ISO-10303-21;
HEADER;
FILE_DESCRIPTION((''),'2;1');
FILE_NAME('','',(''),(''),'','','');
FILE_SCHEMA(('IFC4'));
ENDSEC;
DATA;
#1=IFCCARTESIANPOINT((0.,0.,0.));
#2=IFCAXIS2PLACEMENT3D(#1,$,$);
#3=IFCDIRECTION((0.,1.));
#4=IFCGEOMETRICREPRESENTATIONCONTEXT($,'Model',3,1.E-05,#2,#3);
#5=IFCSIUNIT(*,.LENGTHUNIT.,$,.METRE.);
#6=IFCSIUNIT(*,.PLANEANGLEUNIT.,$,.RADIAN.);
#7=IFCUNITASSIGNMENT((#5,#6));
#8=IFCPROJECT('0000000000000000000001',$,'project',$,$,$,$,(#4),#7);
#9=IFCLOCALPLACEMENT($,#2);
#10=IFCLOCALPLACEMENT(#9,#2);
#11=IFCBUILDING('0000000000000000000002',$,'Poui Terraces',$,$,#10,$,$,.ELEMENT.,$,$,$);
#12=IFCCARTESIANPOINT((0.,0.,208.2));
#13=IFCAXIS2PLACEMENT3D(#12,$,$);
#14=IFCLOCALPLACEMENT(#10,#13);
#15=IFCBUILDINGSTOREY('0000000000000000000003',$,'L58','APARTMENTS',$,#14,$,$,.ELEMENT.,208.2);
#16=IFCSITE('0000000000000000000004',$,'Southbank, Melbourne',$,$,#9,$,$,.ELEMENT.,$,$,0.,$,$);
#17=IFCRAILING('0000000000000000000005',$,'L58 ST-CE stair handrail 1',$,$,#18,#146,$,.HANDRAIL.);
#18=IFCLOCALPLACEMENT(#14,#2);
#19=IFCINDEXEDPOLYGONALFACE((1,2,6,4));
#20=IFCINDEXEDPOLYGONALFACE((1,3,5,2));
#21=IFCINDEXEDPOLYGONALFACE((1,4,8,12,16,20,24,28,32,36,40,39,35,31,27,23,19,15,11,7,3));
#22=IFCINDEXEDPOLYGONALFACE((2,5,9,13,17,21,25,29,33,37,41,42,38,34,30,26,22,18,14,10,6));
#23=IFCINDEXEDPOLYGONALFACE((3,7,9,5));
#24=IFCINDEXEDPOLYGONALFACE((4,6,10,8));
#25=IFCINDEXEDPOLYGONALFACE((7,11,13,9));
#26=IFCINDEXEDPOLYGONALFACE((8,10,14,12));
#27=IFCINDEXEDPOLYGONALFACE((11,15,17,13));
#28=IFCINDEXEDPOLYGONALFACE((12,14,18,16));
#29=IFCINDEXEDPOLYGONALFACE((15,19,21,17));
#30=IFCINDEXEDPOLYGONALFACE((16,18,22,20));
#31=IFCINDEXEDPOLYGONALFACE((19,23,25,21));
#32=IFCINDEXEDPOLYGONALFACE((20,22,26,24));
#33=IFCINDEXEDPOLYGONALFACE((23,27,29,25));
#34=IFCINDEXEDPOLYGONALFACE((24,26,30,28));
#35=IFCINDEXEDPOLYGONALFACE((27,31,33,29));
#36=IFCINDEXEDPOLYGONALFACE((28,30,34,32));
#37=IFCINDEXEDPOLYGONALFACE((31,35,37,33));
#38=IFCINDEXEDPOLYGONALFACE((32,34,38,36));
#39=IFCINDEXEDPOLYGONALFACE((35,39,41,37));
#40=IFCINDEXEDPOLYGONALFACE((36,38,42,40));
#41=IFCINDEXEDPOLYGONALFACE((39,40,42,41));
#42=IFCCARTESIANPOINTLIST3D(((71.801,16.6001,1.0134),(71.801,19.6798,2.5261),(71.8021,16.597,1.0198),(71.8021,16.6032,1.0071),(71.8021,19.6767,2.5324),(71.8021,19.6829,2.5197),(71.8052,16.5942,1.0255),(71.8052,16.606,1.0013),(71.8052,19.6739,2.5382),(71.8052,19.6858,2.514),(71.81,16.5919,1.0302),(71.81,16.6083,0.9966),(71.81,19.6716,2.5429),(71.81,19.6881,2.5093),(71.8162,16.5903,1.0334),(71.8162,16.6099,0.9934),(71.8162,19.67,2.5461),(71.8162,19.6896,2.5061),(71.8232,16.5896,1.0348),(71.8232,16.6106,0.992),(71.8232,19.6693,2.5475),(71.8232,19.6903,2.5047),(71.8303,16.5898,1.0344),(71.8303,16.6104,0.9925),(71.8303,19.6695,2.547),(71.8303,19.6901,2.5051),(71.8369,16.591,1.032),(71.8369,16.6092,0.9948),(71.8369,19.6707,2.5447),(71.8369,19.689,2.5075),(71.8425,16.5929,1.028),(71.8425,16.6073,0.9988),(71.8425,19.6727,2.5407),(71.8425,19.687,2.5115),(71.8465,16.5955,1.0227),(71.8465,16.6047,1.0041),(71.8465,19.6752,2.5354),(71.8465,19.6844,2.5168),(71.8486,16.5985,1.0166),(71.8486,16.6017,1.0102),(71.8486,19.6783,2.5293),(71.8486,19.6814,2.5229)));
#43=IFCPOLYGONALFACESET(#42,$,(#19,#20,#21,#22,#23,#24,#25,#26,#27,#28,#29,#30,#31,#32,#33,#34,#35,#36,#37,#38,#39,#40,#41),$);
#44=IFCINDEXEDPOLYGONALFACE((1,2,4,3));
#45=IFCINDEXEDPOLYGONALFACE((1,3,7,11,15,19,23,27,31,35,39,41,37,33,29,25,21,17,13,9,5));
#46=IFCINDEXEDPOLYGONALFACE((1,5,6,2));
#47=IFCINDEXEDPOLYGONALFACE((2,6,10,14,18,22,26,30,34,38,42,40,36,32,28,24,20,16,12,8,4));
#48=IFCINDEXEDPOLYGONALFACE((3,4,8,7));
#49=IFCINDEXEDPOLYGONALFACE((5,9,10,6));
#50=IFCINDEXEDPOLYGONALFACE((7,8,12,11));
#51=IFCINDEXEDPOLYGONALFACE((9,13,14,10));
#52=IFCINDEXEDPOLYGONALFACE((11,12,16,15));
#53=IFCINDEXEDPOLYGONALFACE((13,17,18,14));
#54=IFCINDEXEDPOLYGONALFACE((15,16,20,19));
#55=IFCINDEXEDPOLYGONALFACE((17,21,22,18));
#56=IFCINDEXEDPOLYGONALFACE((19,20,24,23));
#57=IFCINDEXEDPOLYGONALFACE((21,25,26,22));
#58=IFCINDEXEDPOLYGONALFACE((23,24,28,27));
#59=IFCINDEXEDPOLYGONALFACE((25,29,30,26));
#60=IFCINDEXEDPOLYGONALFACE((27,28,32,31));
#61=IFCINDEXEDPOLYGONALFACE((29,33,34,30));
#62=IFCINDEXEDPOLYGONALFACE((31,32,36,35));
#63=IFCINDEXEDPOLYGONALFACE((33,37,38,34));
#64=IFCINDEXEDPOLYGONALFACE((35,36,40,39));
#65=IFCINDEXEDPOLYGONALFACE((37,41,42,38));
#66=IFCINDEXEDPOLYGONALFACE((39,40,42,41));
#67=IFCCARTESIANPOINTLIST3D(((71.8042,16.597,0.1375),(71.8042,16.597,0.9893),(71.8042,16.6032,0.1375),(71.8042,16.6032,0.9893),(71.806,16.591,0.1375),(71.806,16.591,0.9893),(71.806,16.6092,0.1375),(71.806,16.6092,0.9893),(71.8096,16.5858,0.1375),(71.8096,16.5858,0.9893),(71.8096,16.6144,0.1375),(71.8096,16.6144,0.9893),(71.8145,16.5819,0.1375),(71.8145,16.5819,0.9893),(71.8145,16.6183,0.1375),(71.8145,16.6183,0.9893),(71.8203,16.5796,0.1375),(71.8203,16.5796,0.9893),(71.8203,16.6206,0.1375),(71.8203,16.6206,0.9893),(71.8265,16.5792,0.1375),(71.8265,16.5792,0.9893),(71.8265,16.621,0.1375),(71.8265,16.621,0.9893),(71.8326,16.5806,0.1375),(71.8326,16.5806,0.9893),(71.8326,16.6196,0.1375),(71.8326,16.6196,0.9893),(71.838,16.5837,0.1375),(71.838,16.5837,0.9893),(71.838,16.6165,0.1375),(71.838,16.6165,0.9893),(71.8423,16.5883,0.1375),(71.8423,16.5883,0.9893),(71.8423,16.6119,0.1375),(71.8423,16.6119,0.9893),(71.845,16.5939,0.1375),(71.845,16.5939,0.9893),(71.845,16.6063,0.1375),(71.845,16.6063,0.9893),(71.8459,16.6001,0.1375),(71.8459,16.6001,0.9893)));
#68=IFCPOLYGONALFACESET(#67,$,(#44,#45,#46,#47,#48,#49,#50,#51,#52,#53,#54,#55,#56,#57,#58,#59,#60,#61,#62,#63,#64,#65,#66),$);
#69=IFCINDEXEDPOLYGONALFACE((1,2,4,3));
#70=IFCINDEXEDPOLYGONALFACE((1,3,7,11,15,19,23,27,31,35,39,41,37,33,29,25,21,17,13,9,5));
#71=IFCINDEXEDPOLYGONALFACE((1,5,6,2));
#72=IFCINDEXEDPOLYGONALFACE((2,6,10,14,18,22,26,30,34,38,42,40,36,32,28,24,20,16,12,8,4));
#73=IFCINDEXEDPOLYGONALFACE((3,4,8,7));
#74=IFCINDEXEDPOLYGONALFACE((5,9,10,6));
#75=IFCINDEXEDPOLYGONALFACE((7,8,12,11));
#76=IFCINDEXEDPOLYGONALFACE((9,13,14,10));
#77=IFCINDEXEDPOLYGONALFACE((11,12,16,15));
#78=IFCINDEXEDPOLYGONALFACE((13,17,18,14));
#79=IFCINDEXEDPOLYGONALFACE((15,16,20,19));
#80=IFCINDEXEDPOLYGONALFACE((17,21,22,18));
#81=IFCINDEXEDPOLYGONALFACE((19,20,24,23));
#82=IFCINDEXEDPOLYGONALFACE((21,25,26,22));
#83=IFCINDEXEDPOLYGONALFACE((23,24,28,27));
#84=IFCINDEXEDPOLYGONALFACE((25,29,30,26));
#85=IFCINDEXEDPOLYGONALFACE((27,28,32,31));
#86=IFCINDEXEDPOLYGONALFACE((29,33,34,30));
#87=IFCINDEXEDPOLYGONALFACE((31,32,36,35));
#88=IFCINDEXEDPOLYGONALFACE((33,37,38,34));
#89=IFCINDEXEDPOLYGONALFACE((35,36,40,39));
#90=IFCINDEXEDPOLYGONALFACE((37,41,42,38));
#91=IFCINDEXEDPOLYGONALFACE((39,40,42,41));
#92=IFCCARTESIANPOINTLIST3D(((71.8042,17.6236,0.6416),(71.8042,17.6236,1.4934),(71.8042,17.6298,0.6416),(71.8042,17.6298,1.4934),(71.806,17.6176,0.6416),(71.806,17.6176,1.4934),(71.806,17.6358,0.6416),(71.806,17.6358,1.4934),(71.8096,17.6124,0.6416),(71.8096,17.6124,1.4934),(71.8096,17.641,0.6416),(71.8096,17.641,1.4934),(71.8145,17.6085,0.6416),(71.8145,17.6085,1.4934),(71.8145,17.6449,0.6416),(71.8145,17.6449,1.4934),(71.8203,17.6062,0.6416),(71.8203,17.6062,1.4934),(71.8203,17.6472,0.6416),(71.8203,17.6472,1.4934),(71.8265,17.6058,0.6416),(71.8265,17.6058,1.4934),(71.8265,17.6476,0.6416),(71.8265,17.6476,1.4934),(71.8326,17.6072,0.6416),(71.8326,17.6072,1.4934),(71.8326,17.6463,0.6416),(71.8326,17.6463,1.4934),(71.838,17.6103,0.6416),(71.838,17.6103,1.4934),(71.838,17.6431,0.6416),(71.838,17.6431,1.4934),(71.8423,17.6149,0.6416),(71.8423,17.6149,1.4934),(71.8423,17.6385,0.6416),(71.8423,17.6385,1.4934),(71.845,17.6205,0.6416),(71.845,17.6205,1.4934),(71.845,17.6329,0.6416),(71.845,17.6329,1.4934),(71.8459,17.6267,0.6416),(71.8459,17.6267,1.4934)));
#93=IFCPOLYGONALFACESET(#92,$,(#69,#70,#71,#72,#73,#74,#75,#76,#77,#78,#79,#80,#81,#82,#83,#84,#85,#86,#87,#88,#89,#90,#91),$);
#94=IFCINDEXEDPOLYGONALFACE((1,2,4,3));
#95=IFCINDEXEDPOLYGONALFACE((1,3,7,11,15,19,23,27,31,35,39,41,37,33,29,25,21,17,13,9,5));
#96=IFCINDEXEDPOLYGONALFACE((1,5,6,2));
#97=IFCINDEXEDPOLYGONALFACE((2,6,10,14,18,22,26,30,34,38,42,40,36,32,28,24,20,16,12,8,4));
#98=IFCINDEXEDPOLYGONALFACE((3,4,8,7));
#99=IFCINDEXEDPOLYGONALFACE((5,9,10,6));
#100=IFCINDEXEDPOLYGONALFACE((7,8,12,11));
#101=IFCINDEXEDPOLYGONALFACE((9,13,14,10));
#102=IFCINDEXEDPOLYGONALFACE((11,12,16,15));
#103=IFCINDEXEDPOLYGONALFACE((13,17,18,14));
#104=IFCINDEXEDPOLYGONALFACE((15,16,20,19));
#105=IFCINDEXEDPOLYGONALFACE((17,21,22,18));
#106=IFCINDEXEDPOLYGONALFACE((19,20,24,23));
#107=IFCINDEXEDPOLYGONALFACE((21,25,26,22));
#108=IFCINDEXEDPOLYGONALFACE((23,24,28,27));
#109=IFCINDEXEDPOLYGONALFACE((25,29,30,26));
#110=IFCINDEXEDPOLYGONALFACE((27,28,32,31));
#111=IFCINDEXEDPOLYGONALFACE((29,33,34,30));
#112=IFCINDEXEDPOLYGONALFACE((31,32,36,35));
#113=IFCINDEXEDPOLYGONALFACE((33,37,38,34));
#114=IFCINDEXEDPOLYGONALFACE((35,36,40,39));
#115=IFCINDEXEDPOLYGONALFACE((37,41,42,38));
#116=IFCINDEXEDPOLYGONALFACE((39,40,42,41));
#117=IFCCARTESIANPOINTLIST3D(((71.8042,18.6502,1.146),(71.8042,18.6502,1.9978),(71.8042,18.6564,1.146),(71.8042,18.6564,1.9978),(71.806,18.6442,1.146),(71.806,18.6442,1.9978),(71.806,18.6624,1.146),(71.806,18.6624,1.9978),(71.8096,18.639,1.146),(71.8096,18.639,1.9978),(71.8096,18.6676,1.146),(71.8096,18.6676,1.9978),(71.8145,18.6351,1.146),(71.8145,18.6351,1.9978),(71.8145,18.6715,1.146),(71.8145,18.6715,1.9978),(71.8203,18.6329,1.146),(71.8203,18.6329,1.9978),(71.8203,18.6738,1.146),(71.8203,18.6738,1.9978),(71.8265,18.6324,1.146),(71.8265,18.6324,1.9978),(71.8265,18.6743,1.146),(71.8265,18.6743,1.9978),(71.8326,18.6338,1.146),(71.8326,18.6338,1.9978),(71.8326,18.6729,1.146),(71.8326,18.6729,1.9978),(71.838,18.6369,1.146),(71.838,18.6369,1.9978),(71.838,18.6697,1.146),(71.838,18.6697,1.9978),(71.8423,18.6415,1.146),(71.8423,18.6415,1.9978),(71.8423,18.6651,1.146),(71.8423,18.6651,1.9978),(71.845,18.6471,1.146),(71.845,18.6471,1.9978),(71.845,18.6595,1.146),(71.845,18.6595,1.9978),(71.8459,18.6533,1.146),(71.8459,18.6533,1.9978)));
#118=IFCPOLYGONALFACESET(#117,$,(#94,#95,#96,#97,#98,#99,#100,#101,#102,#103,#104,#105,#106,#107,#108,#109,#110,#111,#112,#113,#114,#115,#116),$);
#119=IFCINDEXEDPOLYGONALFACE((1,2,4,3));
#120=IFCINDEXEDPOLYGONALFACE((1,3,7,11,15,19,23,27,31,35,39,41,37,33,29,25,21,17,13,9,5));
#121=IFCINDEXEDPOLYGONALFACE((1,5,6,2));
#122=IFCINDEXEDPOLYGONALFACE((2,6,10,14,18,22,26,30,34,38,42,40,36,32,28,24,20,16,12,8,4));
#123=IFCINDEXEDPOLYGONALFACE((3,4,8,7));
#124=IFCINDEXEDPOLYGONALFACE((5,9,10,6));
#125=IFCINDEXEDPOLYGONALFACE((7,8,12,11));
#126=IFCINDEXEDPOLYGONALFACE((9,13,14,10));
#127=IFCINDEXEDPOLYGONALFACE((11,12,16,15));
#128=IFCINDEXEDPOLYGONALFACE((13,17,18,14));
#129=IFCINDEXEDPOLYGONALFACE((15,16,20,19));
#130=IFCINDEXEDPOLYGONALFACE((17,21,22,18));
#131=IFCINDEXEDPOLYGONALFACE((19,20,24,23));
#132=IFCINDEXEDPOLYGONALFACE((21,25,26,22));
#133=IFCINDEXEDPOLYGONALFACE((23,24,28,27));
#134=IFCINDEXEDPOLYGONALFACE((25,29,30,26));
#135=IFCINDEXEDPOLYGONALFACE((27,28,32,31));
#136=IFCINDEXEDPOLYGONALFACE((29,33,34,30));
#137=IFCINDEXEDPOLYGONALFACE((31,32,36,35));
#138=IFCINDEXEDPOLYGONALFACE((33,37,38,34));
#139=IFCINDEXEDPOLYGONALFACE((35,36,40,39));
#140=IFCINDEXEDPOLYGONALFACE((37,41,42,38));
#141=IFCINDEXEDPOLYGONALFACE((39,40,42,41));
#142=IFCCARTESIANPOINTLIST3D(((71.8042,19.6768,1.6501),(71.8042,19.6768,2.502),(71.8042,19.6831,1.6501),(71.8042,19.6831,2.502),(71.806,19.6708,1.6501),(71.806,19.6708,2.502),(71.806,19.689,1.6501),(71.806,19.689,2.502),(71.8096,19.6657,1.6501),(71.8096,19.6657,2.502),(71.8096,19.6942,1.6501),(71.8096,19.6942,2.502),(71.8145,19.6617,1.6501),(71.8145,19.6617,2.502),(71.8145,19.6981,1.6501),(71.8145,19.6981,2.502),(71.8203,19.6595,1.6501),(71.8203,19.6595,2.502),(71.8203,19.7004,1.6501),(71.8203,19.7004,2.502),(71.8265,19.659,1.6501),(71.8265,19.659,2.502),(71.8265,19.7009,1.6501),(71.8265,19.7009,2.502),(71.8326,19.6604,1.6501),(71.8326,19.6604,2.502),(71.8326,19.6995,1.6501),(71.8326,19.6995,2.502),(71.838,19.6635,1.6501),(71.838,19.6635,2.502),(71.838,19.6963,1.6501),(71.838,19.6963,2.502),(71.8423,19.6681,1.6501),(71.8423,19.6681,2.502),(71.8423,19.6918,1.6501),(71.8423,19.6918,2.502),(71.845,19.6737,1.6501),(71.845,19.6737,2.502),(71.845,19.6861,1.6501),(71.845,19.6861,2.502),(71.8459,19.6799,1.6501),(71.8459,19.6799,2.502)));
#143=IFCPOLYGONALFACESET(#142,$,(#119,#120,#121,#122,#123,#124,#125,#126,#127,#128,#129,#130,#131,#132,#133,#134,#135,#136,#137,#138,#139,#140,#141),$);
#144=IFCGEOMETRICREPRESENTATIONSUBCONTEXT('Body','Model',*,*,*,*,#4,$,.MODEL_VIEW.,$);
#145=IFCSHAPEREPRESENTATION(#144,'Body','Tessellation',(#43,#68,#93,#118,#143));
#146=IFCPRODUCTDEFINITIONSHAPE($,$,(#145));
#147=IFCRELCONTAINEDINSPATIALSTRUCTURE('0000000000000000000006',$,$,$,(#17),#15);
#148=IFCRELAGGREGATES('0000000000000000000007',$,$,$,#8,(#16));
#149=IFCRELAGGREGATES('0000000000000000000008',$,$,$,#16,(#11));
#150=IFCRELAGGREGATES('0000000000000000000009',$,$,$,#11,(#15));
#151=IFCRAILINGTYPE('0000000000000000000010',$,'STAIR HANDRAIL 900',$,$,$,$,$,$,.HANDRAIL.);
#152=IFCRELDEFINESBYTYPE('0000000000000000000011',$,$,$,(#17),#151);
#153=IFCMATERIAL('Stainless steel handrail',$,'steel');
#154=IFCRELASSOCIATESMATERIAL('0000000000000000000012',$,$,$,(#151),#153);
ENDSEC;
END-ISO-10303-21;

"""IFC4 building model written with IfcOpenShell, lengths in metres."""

from ifc_helpers import new_model, si_unit, direction, frame, origin, origin_2d, place, context, subcontext, project, spatial, circle, extrude, material, type_object, element, save


model = new_model("IFC4")

# Units and contexts
model_context = context("Model", 3, precision=1e-05, world=origin(), true_north=direction((0.0, 1.0)))
body_context = subcontext(model_context, "Body", "Model", "MODEL_VIEW")
ifc_project = project(units=[si_unit("LENGTHUNIT", "METRE"), si_unit("PLANEANGLEUNIT", "RADIAN")], contexts=[model_context])

# Site, building, storey
site_placement = place(None, origin())
site = spatial("IfcSite", under=ifc_project, at=site_placement, Name="Southbank, Melbourne", CompositionType="ELEMENT", RefElevation=0.0)
building_placement = place(site_placement, origin())
building = spatial("IfcBuilding", under=site, at=building_placement, Name="Poui Terraces", CompositionType="ELEMENT")
storey_placement = place(building_placement, frame((0.0, 0.0, 208.2)))
storey = spatial("IfcBuildingStorey", under=building, at=storey_placement, Name="L58", Description="APARTMENTS", CompositionType="ELEMENT", Elevation=208.2)

# Railing
ifc_material_1 = material(Name="Stainless steel handrail", Category="steel")
railing_type_1 = type_object("IfcRailingType", Name="STAIR HANDRAIL 900", PredefinedType="HANDRAIL", material=ifc_material_1)
railing_1_placement = place(storey_placement, frame((71.825, 16.6001, 0.1375)))
element("IfcRailing", 1, at=railing_1_placement, inside=storey, type_object=railing_type_1, Name="L58 ST-CE stair handrail 1", PredefinedType="HANDRAIL", context=body_context, shape_type="SweptSolid", body=[
    extrude(circle(Radius=0.0239, at=origin_2d()), frame((0.0, 0.0, 0.876), z_axis=(0.0, 0.897578, 0.440856), x_axis=(-1.0, 0.0, 0.0)), (0.0, 0.0, 1.0), 3.4312),
    extrude(circle(Radius=0.021, at=origin_2d()), origin(), (0.0, 0.0, 1.0), 0.8518),
    extrude(circle(Radius=0.021, at=origin_2d()), frame((0.0, 1.0266, 0.5042)), (0.0, 0.0, 1.0), 0.8518),
    extrude(circle(Radius=0.021, at=origin_2d()), frame((0.0, 2.0532, 1.0085)), (0.0, 0.0, 1.0), 0.8518),
    extrude(circle(Radius=0.021, at=origin_2d()), frame((0.0, 3.0798, 1.5127)), (0.0, 0.0, 1.0), 0.8518),
])

save(model, "model.ifc")
